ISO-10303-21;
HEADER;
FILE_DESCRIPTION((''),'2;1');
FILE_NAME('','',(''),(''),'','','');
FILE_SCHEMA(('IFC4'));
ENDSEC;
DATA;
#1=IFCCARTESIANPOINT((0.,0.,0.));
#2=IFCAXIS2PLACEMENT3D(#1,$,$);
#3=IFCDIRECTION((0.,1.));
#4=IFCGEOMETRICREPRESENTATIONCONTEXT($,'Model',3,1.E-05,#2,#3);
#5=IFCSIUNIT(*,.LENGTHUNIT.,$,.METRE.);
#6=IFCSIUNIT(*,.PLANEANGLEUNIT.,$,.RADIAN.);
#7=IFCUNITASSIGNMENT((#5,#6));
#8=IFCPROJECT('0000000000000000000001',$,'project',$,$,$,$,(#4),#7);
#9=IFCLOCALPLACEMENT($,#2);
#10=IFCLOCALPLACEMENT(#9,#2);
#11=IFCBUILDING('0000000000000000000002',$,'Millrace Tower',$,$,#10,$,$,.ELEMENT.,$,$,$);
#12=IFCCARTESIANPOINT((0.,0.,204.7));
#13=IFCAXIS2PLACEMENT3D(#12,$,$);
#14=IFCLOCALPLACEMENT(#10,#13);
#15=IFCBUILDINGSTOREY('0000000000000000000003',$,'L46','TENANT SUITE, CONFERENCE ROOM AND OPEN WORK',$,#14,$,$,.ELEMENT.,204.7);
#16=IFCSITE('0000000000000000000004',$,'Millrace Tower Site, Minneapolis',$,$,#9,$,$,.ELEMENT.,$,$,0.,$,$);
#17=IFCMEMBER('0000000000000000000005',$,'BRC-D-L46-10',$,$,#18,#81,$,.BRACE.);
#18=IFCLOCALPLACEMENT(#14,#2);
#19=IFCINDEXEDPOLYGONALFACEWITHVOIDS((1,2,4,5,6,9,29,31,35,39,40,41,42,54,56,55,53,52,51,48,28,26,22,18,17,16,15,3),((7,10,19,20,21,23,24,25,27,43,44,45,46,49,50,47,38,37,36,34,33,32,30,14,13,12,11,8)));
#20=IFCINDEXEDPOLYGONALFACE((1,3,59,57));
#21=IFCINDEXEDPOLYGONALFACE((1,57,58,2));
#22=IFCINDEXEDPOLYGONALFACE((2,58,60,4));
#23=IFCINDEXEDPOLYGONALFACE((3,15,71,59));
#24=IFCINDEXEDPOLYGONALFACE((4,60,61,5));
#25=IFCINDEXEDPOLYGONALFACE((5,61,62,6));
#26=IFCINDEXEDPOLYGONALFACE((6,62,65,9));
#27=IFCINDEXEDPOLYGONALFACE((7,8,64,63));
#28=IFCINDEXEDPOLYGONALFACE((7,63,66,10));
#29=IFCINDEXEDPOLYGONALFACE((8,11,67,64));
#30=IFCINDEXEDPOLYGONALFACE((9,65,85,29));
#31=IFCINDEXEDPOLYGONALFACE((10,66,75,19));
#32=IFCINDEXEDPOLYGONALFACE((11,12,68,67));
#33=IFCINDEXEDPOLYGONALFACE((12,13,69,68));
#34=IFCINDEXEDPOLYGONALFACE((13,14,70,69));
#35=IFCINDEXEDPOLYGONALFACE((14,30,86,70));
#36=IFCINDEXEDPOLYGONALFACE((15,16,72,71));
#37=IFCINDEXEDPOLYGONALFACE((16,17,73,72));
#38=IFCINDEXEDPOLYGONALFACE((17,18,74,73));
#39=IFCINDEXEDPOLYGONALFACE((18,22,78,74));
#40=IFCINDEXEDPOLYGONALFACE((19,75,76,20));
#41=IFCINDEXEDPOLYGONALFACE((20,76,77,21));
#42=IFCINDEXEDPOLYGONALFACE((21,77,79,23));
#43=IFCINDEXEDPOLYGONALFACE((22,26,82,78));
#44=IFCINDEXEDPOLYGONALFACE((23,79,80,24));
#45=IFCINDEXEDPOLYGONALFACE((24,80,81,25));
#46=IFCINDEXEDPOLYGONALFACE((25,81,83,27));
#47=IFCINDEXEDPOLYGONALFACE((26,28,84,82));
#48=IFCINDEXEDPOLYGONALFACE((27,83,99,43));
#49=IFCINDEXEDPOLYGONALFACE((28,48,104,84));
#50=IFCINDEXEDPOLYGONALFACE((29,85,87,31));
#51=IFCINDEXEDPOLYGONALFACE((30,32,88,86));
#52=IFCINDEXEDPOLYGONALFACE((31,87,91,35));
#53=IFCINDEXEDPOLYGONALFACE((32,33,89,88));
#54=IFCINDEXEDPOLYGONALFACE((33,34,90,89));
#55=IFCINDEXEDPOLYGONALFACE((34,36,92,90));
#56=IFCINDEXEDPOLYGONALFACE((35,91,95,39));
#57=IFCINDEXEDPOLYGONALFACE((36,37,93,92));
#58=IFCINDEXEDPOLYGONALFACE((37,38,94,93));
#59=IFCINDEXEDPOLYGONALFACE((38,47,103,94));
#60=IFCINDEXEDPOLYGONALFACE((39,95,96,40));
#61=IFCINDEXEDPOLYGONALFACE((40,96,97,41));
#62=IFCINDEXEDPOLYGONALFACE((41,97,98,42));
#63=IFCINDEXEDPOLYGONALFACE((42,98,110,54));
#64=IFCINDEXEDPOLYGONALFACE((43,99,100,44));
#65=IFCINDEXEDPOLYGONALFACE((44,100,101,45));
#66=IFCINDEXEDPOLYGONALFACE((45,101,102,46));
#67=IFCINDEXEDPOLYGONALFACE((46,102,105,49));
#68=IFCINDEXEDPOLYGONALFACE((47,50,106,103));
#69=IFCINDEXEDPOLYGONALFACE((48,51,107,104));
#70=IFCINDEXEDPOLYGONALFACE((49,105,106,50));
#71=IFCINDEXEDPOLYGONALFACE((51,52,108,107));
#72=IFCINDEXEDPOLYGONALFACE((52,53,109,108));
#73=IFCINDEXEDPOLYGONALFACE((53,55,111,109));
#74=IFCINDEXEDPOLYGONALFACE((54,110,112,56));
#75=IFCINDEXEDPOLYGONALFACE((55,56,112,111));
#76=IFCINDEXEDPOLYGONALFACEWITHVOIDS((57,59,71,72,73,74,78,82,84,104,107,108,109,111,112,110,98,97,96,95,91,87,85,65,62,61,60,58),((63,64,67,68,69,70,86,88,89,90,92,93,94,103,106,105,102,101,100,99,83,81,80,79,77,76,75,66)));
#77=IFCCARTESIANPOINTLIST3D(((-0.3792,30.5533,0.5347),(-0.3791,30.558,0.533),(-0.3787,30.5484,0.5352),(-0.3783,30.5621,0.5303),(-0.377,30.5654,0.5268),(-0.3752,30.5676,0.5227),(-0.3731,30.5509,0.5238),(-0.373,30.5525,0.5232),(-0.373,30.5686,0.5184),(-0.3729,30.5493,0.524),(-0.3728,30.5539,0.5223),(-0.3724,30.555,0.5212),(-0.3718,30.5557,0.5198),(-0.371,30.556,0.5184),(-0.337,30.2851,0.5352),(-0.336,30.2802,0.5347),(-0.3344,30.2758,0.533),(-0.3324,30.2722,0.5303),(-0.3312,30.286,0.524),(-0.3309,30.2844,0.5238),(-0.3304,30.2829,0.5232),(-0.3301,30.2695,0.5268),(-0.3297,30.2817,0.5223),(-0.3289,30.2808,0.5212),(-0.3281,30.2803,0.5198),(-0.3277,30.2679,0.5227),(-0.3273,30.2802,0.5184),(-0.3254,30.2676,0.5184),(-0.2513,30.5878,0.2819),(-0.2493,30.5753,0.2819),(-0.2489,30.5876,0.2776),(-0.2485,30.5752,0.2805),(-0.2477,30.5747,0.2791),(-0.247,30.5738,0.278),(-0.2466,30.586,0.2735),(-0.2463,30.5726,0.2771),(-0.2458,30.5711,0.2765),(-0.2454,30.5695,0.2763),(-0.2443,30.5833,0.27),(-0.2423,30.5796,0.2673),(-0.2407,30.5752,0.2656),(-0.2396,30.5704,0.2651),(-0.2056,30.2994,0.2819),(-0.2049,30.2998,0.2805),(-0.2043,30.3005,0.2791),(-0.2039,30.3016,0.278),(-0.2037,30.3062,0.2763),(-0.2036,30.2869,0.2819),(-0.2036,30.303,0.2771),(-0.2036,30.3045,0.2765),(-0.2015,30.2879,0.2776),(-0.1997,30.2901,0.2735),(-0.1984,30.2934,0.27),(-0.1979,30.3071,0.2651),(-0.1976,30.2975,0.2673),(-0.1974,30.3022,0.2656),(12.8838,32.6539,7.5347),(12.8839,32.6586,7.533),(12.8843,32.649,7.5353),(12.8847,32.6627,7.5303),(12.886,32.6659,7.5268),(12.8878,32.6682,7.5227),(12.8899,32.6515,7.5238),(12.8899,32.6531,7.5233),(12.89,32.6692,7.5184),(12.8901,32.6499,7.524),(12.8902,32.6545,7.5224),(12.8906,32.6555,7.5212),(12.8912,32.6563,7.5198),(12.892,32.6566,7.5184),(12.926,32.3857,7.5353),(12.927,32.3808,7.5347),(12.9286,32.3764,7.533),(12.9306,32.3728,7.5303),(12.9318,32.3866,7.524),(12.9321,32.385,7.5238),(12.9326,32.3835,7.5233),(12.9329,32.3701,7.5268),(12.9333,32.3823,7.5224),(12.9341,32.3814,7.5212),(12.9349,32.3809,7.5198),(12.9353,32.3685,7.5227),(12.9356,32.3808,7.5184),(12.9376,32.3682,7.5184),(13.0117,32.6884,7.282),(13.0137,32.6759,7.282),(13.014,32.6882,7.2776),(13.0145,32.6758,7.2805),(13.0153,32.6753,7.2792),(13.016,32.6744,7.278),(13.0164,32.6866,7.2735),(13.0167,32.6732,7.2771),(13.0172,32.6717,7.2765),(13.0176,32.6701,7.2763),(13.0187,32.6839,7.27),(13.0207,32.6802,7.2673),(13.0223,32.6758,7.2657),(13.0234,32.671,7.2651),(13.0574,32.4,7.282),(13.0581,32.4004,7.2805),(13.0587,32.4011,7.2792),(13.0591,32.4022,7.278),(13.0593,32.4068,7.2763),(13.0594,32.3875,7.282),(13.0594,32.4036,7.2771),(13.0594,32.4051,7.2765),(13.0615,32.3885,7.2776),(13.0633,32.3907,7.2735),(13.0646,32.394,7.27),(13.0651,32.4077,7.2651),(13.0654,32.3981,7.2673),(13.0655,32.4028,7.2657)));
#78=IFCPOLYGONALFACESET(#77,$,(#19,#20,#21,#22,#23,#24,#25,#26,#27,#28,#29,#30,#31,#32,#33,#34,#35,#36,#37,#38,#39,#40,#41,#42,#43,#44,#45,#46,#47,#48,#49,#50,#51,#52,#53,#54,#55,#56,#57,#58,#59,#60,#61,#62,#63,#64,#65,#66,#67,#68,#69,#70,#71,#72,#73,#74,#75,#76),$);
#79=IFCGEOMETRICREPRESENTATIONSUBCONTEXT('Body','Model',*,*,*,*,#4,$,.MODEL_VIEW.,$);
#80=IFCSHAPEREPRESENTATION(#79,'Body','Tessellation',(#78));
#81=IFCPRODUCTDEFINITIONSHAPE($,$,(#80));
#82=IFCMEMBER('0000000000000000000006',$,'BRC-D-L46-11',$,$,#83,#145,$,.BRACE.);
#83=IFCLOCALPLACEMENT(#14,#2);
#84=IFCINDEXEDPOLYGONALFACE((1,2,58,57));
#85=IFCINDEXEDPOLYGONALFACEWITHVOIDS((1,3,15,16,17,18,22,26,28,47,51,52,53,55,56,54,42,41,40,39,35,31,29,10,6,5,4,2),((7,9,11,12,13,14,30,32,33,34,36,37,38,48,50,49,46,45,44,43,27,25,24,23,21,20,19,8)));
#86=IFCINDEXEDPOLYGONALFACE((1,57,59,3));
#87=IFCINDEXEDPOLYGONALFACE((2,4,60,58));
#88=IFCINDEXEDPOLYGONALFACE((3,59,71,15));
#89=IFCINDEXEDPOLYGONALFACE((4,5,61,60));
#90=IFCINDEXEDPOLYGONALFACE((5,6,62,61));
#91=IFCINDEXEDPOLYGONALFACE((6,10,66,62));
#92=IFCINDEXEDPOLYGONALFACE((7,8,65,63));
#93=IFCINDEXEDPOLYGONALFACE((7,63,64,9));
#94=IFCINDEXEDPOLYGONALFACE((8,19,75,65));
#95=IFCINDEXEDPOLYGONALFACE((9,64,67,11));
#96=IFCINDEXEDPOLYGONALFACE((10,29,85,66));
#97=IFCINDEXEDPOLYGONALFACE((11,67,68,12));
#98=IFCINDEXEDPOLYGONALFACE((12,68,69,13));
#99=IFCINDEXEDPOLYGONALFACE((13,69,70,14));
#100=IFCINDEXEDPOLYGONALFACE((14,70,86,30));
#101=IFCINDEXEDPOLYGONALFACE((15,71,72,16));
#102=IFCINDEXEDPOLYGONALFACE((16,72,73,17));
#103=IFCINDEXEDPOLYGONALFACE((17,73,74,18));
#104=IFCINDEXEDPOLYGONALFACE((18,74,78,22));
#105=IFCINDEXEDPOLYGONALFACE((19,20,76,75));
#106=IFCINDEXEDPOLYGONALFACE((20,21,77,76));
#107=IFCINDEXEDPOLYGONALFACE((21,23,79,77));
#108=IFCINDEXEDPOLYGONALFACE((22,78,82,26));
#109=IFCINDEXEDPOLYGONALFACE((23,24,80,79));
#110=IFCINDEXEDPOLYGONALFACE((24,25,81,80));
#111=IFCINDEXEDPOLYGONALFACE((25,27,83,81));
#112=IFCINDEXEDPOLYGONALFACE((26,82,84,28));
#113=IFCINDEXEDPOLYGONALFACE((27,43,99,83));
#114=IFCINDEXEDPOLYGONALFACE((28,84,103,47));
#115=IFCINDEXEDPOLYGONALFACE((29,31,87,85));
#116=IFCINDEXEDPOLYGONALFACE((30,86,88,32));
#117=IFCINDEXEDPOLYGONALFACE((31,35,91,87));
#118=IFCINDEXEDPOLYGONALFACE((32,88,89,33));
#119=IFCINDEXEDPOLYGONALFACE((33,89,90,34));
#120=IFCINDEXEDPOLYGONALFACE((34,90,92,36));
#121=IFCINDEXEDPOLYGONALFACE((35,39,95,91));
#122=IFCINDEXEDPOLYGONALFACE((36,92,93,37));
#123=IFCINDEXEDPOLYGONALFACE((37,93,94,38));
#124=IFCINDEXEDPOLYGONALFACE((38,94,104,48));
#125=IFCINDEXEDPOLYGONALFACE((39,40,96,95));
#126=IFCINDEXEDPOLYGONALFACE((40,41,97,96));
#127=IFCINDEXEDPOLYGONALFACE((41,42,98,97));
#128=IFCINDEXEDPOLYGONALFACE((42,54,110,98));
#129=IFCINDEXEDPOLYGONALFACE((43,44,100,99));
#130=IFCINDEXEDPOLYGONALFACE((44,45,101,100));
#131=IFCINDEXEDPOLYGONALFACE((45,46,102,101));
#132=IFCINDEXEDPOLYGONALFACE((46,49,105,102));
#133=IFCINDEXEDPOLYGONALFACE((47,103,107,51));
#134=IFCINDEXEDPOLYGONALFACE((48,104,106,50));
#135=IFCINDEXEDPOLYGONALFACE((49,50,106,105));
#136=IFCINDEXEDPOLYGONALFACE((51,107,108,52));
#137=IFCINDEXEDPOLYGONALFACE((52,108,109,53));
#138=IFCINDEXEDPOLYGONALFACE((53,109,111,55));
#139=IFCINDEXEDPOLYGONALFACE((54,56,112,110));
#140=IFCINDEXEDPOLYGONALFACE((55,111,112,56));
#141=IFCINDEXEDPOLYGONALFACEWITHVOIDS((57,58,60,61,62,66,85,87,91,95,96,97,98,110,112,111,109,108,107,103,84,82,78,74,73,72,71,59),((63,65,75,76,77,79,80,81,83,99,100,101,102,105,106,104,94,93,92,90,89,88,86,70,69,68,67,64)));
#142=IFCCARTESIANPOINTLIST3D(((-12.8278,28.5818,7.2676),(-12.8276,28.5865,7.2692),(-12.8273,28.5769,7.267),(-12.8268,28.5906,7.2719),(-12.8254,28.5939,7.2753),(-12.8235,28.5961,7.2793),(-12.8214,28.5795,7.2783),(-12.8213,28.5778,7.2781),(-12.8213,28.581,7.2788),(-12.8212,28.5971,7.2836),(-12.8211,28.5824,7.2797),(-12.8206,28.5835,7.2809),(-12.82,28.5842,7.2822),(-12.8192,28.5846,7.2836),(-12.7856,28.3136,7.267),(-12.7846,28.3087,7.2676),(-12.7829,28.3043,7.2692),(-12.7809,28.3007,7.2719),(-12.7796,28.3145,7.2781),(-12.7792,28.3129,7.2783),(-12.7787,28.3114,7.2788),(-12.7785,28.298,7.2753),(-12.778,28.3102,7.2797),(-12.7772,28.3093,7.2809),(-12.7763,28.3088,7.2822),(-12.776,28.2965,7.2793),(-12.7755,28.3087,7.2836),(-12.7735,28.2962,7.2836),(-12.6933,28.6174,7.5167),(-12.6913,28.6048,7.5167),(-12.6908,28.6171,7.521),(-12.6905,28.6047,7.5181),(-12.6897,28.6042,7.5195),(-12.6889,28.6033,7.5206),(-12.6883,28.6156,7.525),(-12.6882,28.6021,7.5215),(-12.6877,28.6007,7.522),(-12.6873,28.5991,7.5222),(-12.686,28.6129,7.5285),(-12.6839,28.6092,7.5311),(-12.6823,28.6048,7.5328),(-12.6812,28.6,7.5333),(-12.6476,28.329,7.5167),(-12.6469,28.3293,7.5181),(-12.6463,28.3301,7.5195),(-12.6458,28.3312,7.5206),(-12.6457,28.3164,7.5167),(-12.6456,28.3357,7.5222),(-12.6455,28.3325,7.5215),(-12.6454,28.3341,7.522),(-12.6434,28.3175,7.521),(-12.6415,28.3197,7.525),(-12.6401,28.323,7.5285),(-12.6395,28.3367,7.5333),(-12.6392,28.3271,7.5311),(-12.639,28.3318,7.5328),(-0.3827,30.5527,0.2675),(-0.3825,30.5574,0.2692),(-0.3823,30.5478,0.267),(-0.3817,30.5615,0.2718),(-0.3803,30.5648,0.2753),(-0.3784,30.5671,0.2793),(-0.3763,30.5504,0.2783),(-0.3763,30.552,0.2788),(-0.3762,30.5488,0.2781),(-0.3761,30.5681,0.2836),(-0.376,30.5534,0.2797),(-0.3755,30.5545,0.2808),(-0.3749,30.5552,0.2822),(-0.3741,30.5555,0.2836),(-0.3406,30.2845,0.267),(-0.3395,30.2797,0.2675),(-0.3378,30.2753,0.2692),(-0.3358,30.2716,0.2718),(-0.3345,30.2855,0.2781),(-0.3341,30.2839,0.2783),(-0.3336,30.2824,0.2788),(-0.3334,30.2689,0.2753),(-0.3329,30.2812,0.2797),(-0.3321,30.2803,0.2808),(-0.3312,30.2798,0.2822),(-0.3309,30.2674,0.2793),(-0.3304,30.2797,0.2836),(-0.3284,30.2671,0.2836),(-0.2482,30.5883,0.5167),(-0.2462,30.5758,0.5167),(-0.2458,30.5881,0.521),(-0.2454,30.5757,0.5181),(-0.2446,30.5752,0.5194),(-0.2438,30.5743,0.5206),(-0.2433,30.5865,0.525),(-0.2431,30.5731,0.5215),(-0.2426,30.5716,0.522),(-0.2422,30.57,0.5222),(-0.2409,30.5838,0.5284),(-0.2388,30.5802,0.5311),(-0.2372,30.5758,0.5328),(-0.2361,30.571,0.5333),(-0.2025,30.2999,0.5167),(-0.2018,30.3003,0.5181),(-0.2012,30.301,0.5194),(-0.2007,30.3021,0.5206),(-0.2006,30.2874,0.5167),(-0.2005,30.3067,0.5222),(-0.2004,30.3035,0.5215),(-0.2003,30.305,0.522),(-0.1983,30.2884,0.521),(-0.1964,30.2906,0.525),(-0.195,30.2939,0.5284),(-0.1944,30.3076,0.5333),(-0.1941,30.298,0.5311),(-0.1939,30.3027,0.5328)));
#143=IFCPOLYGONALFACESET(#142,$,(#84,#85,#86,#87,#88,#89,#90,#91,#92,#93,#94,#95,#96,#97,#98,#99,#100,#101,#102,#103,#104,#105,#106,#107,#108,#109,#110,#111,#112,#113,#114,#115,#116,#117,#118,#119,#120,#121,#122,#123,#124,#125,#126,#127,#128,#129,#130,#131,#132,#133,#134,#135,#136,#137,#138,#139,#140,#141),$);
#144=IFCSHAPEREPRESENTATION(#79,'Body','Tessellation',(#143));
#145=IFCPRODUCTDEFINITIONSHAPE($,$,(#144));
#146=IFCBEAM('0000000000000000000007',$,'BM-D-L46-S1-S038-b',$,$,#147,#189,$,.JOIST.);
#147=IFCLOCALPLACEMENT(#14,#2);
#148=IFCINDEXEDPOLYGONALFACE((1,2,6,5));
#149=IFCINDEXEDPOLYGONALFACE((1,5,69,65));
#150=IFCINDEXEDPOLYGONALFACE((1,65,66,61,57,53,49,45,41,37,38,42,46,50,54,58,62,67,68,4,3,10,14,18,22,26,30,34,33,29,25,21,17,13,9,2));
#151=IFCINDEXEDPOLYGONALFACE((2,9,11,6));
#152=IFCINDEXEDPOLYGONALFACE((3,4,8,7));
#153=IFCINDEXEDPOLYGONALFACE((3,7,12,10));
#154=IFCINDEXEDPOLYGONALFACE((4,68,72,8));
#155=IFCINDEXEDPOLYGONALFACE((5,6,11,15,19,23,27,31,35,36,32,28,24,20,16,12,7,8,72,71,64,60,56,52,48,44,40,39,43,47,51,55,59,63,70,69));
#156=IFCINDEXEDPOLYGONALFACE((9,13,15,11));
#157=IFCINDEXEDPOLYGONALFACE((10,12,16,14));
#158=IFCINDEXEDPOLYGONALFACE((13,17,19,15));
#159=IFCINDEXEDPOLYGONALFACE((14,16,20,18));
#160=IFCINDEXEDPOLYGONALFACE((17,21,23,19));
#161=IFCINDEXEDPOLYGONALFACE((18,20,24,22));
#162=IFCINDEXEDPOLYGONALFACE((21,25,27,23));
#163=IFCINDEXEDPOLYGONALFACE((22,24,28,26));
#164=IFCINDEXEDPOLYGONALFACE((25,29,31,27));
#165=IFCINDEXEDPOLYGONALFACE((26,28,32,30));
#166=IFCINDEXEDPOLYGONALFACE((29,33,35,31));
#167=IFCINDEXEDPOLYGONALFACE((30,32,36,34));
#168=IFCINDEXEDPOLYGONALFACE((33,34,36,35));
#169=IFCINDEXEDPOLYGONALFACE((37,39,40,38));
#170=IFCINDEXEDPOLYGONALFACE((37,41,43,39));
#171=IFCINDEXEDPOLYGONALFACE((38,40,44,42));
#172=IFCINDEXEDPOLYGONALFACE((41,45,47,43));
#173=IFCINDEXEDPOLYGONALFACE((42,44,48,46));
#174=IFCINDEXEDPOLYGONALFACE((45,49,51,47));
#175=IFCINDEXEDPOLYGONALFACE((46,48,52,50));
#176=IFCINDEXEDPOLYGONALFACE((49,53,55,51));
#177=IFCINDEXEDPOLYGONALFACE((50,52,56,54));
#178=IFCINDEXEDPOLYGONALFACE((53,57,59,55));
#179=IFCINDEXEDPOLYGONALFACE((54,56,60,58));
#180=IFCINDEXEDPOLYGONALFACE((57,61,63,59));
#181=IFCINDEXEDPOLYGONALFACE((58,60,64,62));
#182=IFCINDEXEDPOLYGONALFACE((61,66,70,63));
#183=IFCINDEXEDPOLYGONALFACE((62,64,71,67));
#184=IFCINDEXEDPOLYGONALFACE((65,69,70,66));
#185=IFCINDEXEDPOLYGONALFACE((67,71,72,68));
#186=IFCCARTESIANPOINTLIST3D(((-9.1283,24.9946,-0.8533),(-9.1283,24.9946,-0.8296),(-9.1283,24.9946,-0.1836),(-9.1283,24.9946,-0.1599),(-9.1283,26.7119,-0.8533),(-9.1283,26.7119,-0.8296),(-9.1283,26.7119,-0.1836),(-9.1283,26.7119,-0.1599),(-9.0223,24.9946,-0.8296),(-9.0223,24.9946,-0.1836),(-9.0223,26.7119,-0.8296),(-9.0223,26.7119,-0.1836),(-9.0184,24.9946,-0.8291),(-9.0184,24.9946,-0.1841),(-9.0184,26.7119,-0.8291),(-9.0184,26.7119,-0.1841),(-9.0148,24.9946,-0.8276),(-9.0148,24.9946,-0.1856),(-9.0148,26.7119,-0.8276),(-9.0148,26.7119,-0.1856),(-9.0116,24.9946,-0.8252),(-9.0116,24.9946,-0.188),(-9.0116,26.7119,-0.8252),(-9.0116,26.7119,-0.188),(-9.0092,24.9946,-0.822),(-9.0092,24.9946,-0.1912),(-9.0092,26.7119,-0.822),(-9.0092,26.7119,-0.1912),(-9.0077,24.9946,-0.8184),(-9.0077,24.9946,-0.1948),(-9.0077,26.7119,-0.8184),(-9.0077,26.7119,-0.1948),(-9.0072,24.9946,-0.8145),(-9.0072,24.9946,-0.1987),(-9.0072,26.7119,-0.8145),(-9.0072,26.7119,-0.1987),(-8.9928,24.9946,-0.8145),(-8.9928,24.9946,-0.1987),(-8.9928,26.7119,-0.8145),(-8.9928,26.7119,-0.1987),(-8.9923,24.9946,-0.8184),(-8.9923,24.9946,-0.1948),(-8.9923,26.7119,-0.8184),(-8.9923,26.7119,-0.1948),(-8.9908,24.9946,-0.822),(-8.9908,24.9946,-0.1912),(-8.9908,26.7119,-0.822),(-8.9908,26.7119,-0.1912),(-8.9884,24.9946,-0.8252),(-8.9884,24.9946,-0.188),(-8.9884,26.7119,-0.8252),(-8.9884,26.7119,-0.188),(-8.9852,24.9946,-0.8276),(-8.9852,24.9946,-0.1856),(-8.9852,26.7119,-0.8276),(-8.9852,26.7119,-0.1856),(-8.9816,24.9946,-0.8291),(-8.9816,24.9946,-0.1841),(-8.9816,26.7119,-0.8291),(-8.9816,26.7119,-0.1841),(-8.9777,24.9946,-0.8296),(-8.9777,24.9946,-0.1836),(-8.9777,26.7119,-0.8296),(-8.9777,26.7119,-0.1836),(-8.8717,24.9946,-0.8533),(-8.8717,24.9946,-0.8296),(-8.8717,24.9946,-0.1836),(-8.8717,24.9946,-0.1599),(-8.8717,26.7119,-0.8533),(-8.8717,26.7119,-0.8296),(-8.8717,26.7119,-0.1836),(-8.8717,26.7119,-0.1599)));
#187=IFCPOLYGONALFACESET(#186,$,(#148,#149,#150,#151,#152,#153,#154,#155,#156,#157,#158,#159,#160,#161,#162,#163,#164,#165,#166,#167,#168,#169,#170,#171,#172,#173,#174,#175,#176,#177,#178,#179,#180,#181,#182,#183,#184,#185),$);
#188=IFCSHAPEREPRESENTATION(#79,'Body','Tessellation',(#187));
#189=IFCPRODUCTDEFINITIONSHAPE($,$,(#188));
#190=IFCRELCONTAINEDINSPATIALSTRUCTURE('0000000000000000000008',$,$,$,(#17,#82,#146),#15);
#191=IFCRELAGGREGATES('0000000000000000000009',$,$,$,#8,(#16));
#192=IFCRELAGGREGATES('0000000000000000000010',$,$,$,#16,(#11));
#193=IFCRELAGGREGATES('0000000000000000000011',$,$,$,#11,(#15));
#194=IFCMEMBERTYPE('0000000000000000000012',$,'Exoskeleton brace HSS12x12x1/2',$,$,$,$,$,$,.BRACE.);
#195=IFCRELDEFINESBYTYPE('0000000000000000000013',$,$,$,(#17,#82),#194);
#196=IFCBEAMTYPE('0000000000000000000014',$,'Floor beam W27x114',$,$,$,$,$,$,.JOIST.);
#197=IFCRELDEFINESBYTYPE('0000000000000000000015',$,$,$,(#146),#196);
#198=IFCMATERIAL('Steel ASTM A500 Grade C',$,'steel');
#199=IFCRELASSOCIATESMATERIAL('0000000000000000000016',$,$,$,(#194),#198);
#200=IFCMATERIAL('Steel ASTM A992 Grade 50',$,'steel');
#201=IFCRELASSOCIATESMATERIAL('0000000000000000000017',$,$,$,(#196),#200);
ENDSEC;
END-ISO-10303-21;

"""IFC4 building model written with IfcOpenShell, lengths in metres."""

from ifc_helpers import new_model, si_unit, direction, frame, origin, origin_2d, place, context, subcontext, project, spatial, hollow_rectangle, i_section, extrude, material, material_profile, profile_set, type_object, element, save


model = new_model("IFC4")

# Units and contexts
model_context = context("Model", 3, precision=1e-05, world=origin(), true_north=direction((0.0, 1.0)))
body_context = subcontext(model_context, "Body", "Model", "MODEL_VIEW")
ifc_project = project(units=[si_unit("LENGTHUNIT", "METRE"), si_unit("PLANEANGLEUNIT", "RADIAN")], contexts=[model_context])

# Site, building, storey
site_placement = place(None, origin())
site = spatial("IfcSite", under=ifc_project, at=site_placement, Name="Millrace Tower Site, Minneapolis", CompositionType="ELEMENT", RefElevation=0.0)
building_placement = place(site_placement, origin())
building = spatial("IfcBuilding", under=site, at=building_placement, Name="Millrace Tower", CompositionType="ELEMENT")
storey_placement = place(building_placement, frame((0.0, 0.0, 204.7)))
storey = spatial("IfcBuildingStorey", under=building, at=storey_placement, Name="L46", Description="TENANT SUITE, CONFERENCE ROOM AND OPEN WORK", CompositionType="ELEMENT", Elevation=204.7)

# Members
ifc_material_1 = material(Name="Steel ASTM A500 Grade C", Category="steel")
ifc_material_profile_1 = material_profile(ifc_material_1, hollow_rectangle(XDim=0.3047, YDim=0.3047, WallThickness=0.0127, InnerFilletRadius=0.0063, OuterFilletRadius=0.019, at=origin_2d()))
ifc_profile_set_1 = profile_set([ifc_material_profile_1], Name="Steel ASTM A500 Grade C")
member_type_1 = type_object("IfcMemberType", Name="Exoskeleton brace HSS12x12x1/2", PredefinedType="BRACE", material=ifc_profile_set_1)
member_1_placement = place(storey_placement, frame((-0.2883, 30.4277, 0.4001), z_axis=(0.875832, 0.138714, 0.462252), x_axis=(-0.15643, 0.987689, 0.0)))
element("IfcMember", 1, at=member_1_placement, inside=storey, type_object=member_type_1, Name="BRC-D-L46-10", PredefinedType="BRACE", context=body_context, shape_type="SweptSolid", body=[
    extrude(hollow_rectangle(XDim=0.3047, YDim=0.3047, WallThickness=0.0127, InnerFilletRadius=0.0063, OuterFilletRadius=0.019, at=origin_2d()), origin(), (0.0, 0.0, 1.0), 15.1433),
])
member_2_placement = place(storey_placement, frame((-0.2883, 30.4277, 0.4001), z_axis=(-0.863399, -0.136738, 0.485638), x_axis=(0.156422, -0.98769, 0.0)))
element("IfcMember", 2, at=member_2_placement, inside=storey, type_object=member_type_1, Name="BRC-D-L46-11", PredefinedType="BRACE", context=body_context, shape_type="SweptSolid", body=[
    extrude(hollow_rectangle(XDim=0.3047, YDim=0.3047, WallThickness=0.0127, InnerFilletRadius=0.0063, OuterFilletRadius=0.019, at=origin_2d()), origin(), (0.0, 0.0, 1.0), 14.4141),
])

# Beam
ifc_material_2 = material(Name="Steel ASTM A992 Grade 50", Category="steel")
ifc_material_profile_2 = material_profile(ifc_material_2, i_section(OverallWidth=0.2566, OverallDepth=0.6934, WebThickness=0.0144, FlangeThickness=0.0237, FilletRadius=0.0151, at=origin_2d()))
ifc_profile_set_2 = profile_set([ifc_material_profile_2], Name="Steel ASTM A992 Grade 50")
beam_type_1 = type_object("IfcBeamType", Name="Floor beam W27x114", PredefinedType="JOIST", material=ifc_profile_set_2)
beam_1_placement = place(storey_placement, frame((-9.0, 24.9946, -0.5066), z_axis=(0.0, 1.0, 0.0), x_axis=(-1.0, 0.0, 0.0)))
element("IfcBeam", 3, at=beam_1_placement, inside=storey, type_object=beam_type_1, Name="BM-D-L46-S1-S038-b", PredefinedType="JOIST", context=body_context, shape_type="SweptSolid", body=[
    extrude(i_section(OverallWidth=0.2566, OverallDepth=0.6934, WebThickness=0.0144, FlangeThickness=0.0237, FilletRadius=0.0151, at=origin_2d()), origin(), (0.0, 0.0, 1.0), 1.7173),
])

save(model, "model.ifc")
